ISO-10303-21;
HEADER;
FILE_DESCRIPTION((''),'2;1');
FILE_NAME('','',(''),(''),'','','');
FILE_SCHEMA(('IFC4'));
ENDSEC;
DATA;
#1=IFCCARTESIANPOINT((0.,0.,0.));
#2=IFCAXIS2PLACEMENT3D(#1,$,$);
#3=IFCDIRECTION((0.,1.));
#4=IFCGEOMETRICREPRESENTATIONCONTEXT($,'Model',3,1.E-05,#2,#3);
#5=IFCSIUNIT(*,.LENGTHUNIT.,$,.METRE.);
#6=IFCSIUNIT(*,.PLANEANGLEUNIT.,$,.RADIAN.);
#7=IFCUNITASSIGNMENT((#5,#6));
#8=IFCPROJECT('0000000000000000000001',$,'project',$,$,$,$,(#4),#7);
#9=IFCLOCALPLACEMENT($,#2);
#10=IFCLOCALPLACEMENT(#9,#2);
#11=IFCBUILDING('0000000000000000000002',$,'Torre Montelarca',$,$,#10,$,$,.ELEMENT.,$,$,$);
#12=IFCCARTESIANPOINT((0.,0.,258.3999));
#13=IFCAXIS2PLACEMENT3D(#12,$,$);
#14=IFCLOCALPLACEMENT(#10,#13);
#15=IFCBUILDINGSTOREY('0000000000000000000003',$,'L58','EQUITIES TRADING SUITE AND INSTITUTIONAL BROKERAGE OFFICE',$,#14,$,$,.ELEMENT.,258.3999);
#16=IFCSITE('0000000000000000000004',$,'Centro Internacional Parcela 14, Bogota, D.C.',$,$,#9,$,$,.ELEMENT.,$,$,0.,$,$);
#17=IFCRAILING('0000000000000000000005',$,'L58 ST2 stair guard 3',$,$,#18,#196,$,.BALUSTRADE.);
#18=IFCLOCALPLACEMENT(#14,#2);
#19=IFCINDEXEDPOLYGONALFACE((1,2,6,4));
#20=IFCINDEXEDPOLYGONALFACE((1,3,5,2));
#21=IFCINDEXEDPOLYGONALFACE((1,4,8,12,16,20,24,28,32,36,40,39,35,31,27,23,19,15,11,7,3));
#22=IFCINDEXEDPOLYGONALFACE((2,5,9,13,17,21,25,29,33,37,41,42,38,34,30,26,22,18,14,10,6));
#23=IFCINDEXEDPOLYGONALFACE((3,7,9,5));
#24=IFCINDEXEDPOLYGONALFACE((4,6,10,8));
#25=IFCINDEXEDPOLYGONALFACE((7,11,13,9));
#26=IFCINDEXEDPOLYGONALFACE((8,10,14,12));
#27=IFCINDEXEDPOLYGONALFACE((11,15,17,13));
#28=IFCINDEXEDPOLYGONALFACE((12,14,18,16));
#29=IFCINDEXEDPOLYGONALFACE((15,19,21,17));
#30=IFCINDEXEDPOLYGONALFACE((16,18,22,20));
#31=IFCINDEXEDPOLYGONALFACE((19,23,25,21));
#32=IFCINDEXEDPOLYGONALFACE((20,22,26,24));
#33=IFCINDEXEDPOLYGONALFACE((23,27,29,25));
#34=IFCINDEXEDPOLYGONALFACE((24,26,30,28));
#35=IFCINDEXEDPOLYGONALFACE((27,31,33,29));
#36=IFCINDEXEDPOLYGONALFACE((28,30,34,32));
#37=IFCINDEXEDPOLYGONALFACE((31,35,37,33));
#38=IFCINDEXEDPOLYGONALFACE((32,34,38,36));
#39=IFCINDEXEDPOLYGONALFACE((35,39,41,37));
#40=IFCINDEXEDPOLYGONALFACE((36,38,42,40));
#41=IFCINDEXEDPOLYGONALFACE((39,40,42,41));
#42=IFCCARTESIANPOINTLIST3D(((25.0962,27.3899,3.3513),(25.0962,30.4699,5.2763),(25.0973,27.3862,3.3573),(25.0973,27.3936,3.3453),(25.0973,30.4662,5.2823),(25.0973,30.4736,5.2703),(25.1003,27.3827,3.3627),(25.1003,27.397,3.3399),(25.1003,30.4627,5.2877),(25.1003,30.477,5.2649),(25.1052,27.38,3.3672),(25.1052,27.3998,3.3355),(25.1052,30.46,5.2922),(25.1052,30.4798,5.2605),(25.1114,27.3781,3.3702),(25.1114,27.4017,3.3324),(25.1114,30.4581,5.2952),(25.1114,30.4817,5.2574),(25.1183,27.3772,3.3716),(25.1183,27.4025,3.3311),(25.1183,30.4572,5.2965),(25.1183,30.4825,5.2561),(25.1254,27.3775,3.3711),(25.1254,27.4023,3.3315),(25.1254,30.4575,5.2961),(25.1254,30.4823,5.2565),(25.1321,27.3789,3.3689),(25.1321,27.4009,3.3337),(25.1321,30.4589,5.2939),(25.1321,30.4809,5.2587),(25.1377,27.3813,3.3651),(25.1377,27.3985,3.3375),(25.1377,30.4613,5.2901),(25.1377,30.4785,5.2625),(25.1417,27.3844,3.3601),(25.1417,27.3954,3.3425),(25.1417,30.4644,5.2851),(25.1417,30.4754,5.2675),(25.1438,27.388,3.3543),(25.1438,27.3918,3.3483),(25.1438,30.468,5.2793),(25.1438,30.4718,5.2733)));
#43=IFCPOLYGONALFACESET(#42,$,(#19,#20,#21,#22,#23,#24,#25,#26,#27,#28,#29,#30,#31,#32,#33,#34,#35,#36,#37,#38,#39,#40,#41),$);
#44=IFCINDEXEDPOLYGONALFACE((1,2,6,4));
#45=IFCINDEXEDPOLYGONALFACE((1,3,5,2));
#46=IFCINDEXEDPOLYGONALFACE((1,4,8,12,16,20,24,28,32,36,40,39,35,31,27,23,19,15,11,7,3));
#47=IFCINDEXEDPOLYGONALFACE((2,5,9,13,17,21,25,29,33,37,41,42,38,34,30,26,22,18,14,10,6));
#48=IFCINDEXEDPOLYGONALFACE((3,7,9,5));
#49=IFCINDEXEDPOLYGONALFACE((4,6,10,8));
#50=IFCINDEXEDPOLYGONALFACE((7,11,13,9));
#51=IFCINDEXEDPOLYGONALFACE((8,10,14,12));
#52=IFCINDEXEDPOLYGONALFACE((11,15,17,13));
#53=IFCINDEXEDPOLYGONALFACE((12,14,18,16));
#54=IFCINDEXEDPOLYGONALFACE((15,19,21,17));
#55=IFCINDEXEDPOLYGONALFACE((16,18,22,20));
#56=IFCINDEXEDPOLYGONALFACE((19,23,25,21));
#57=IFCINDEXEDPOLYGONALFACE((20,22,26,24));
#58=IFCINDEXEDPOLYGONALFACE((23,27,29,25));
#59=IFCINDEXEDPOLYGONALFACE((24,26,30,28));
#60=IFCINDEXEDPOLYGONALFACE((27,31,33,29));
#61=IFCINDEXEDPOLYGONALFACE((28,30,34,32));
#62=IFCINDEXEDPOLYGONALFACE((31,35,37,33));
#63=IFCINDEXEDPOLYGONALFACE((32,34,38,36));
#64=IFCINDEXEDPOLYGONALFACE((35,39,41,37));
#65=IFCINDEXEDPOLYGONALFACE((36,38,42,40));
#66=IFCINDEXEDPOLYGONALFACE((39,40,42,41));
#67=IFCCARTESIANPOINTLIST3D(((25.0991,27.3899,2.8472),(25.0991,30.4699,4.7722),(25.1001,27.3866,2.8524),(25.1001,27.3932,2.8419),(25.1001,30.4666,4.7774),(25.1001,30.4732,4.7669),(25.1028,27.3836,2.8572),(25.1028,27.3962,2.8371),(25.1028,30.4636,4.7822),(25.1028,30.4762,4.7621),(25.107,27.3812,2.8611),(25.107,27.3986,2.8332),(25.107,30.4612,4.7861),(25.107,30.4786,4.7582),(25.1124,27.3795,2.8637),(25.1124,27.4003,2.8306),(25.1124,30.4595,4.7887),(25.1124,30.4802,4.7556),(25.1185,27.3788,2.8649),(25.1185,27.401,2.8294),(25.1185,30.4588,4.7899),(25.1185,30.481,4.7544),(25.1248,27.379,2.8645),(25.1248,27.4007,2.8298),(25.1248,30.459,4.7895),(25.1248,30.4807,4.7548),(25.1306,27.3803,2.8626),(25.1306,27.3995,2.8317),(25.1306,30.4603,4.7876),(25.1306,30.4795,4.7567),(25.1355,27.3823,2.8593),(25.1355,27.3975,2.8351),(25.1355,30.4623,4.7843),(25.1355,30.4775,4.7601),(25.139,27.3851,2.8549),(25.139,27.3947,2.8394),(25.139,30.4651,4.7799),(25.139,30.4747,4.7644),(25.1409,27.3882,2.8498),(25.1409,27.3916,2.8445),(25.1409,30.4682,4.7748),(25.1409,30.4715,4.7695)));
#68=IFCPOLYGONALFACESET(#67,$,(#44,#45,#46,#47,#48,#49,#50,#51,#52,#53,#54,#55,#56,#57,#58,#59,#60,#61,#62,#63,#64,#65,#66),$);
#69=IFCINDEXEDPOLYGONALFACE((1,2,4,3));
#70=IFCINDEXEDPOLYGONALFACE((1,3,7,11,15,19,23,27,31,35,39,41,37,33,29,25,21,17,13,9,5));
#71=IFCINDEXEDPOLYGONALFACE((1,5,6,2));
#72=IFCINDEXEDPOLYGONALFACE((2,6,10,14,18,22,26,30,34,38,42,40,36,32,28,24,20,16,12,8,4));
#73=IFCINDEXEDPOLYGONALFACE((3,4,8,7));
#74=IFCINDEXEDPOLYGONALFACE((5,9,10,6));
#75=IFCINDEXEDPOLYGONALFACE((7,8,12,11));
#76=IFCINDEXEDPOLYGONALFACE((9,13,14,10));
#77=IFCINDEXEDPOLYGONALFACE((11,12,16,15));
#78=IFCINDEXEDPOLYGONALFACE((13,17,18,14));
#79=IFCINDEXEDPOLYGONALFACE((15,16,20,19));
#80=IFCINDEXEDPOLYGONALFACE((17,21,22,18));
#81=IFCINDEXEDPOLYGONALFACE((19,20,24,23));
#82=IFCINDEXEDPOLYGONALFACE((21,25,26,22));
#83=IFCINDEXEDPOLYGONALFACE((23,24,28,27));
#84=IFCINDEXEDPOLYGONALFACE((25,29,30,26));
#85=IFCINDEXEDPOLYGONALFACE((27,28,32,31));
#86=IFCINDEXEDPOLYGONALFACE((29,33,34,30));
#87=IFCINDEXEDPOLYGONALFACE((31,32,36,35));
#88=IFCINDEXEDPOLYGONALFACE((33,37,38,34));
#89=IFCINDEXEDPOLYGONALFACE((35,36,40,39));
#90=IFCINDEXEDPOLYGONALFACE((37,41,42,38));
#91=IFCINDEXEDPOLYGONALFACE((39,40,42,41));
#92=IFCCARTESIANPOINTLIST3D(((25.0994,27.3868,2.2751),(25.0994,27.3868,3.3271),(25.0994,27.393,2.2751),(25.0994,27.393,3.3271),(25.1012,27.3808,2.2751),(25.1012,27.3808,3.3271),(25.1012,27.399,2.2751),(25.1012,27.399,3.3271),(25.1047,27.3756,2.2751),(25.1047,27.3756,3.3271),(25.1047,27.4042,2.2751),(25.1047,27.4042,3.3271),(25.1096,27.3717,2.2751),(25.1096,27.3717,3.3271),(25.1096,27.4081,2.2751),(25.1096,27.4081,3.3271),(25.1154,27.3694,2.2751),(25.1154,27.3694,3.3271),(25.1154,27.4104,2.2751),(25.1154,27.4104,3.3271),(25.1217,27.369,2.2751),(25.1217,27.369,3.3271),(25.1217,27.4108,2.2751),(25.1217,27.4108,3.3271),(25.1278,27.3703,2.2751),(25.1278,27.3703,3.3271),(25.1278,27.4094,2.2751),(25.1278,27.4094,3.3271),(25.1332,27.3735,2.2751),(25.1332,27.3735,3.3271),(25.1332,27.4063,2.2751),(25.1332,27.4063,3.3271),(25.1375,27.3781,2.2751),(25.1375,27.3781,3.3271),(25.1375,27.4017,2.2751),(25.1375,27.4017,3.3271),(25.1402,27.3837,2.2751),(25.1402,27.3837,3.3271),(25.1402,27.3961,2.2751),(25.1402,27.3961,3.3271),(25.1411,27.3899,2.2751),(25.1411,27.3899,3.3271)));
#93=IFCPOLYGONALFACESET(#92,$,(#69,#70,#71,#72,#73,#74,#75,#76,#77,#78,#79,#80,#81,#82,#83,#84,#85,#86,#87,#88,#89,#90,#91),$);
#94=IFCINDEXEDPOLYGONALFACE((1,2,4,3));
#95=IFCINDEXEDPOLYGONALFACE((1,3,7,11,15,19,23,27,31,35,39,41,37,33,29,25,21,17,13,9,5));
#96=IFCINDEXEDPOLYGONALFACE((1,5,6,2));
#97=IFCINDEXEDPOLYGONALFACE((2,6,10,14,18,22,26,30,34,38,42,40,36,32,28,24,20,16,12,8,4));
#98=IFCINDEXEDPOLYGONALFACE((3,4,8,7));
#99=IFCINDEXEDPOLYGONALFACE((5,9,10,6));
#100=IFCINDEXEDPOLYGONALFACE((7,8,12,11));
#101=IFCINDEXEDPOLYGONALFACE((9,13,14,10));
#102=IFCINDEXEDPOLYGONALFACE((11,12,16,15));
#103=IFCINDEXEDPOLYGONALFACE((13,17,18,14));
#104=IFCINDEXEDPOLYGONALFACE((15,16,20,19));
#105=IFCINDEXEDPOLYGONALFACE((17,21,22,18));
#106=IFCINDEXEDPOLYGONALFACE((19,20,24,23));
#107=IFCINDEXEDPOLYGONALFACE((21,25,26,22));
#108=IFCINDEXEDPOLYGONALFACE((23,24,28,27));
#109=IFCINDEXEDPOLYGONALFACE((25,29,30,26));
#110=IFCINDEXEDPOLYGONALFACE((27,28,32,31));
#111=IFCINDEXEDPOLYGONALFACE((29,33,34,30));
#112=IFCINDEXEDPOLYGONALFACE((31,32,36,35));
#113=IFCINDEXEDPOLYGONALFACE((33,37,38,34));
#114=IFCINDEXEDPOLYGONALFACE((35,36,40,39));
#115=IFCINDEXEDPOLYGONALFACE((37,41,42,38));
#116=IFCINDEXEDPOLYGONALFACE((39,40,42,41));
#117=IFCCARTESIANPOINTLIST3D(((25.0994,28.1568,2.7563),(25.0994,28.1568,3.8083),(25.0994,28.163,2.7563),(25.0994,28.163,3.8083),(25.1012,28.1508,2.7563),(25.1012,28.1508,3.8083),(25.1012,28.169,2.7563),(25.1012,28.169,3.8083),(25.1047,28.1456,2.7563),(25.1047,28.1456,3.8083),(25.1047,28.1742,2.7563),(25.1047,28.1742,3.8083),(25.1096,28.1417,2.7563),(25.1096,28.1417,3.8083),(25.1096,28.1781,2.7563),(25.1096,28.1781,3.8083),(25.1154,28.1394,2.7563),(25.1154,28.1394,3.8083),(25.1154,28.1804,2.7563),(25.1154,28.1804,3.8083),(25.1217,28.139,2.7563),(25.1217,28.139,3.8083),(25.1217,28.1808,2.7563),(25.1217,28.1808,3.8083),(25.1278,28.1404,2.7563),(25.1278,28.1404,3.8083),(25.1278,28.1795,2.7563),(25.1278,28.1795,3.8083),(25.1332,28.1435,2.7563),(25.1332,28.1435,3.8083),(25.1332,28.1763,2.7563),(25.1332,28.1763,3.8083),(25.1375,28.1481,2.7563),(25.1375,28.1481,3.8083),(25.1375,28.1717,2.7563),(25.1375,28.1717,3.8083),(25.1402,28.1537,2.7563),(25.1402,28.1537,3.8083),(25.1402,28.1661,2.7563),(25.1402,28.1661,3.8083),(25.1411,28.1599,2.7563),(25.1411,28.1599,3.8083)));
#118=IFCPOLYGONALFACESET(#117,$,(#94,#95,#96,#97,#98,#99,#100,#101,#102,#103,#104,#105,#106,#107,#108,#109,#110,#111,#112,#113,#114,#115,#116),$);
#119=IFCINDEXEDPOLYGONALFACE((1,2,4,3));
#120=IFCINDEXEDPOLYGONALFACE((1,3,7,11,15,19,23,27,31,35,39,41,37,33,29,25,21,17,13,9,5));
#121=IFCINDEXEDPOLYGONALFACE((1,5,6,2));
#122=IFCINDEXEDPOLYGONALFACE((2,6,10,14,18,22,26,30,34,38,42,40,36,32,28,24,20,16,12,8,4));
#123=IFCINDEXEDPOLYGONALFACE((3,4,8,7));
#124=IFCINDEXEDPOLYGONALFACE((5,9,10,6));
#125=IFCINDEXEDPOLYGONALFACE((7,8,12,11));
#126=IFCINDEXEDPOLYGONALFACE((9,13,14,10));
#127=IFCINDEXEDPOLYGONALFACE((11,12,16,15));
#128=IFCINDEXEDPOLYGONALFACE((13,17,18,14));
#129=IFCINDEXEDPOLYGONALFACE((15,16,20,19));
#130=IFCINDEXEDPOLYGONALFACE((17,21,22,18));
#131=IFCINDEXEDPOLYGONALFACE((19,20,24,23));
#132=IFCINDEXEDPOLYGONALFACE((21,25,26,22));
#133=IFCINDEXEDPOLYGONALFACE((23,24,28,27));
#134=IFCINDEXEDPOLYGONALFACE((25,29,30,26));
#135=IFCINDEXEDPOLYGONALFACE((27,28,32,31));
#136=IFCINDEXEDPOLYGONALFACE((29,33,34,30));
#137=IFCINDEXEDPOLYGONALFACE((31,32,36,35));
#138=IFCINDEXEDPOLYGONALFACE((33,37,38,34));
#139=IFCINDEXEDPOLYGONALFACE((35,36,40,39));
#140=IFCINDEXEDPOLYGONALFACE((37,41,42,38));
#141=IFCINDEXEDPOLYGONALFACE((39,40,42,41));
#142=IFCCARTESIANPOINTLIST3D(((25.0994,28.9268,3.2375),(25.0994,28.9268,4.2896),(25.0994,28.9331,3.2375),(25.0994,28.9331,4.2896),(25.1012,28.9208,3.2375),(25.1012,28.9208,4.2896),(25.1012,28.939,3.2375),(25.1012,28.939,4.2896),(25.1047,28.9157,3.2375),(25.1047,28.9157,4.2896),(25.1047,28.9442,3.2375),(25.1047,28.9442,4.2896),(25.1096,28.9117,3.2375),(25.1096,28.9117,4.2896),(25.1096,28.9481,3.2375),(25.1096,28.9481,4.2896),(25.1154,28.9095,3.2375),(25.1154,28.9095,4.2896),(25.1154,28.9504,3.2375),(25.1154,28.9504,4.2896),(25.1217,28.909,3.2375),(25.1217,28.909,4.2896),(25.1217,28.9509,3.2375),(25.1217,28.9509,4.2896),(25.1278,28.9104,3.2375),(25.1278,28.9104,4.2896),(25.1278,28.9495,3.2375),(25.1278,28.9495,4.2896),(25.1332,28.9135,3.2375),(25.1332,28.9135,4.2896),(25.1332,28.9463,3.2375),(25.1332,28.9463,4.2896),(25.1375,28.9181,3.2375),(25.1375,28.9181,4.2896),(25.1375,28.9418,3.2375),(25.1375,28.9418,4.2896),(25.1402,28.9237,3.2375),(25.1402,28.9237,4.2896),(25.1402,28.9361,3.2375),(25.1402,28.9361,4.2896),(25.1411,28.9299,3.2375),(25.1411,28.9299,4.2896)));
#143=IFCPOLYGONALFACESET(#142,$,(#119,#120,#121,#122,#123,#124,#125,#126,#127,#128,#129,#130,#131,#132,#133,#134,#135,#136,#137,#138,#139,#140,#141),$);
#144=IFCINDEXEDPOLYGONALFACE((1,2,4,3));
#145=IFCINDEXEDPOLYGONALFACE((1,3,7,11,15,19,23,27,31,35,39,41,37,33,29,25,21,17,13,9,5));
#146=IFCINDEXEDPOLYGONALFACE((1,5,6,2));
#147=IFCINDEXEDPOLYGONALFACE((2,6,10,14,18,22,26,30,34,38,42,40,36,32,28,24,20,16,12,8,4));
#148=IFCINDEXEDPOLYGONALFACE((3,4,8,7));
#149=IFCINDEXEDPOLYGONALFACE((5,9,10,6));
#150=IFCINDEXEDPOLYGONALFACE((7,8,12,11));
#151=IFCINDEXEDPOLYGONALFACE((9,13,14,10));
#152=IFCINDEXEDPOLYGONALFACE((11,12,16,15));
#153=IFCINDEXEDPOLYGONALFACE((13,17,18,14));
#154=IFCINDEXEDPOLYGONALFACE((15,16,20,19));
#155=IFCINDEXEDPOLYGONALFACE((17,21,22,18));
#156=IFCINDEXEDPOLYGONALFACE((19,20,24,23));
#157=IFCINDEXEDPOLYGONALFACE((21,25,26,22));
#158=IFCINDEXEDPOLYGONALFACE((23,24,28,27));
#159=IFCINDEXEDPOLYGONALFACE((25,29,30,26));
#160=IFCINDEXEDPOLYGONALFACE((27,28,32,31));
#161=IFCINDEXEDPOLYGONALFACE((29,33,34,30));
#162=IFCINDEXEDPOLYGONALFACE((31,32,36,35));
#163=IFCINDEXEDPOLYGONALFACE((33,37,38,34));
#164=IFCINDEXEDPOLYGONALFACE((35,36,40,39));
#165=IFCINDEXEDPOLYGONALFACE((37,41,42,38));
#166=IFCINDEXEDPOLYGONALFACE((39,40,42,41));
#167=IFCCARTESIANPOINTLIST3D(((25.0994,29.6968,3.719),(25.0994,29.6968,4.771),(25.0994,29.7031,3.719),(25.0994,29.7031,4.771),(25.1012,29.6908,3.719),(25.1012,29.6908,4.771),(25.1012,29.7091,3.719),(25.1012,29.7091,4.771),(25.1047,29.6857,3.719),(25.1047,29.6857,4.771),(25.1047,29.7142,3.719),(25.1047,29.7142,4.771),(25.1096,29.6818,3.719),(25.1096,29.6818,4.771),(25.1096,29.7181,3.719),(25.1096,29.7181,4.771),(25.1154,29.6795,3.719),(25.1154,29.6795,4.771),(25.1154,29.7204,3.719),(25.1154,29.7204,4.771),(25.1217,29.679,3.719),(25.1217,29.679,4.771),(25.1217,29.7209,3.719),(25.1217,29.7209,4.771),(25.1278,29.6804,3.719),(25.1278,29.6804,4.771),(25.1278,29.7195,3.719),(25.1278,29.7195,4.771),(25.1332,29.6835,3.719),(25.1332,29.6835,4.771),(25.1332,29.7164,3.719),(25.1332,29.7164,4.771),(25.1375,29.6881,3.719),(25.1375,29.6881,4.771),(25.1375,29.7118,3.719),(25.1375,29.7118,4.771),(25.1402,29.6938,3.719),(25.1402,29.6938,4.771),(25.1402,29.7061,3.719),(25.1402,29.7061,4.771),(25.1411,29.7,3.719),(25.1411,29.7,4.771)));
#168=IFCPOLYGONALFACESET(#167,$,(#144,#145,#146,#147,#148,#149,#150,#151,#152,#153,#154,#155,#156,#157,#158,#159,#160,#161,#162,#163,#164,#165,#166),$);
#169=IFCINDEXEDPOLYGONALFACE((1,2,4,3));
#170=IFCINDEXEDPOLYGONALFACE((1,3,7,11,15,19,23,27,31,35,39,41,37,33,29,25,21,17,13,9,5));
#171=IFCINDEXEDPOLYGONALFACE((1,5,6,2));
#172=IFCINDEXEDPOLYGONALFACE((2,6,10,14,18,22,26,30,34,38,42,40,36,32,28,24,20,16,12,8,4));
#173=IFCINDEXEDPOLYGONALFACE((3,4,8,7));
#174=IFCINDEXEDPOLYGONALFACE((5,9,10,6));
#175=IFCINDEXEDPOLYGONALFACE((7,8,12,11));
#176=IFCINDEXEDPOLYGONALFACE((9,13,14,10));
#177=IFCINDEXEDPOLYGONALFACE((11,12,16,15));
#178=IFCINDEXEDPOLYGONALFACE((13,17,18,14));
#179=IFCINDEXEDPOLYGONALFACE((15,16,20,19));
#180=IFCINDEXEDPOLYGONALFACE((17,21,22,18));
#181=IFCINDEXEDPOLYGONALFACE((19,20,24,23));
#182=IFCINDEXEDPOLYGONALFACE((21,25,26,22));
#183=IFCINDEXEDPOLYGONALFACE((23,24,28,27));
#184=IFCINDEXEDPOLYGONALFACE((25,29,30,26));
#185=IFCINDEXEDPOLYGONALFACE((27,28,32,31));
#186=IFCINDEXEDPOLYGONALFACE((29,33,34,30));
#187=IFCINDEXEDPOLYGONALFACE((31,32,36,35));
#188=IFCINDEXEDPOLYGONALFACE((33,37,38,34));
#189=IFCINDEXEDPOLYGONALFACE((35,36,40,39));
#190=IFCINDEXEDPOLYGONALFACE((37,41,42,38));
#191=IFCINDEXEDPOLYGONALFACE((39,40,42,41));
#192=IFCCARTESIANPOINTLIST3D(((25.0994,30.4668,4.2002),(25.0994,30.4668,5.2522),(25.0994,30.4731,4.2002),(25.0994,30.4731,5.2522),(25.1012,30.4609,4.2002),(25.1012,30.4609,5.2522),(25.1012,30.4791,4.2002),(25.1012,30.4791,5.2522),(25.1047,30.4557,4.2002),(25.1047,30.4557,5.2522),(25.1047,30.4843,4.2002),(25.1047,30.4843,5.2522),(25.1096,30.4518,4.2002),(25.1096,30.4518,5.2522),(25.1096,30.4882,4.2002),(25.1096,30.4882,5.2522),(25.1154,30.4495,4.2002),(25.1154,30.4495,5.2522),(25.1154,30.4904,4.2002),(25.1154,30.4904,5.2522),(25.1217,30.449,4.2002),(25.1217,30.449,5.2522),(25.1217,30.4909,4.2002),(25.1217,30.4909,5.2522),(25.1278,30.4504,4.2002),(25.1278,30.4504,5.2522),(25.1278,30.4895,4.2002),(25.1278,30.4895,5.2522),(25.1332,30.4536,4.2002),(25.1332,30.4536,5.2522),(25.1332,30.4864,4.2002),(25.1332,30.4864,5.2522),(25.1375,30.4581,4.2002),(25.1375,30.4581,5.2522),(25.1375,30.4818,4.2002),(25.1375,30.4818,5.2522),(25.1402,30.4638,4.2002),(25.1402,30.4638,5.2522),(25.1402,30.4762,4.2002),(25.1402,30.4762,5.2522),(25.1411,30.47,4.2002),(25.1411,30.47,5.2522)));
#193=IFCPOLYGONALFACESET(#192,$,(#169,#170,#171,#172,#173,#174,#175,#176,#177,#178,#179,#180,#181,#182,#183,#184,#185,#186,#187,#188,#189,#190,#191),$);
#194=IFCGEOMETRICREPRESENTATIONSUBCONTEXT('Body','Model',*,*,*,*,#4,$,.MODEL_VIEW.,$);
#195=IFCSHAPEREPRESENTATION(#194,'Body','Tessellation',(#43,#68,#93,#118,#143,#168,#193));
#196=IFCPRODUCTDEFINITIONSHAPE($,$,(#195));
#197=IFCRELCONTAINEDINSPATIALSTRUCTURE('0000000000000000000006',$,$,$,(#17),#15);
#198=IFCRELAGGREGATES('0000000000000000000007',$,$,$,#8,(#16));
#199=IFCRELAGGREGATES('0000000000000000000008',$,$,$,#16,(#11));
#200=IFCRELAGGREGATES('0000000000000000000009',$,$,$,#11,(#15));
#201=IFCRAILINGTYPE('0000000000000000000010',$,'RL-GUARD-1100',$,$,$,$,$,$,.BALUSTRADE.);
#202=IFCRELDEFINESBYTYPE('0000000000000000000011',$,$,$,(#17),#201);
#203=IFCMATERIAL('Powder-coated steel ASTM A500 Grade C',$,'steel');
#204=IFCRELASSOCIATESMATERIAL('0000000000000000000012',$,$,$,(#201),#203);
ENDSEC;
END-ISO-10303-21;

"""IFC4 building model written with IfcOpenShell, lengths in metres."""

from ifc_helpers import new_model, si_unit, direction, frame, origin, origin_2d, place, context, subcontext, project, spatial, circle, extrude, material, type_object, element, save


model = new_model("IFC4")

# Units and contexts
model_context = context("Model", 3, precision=1e-05, world=origin(), true_north=direction((0.0, 1.0)))
body_context = subcontext(model_context, "Body", "Model", "MODEL_VIEW")
ifc_project = project(units=[si_unit("LENGTHUNIT", "METRE"), si_unit("PLANEANGLEUNIT", "RADIAN")], contexts=[model_context])

# Site, building, storey
site_placement = place(None, origin())
site = spatial("IfcSite", under=ifc_project, at=site_placement, Name="Centro Internacional Parcela 14, Bogota, D.C.", CompositionType="ELEMENT", RefElevation=0.0)
building_placement = place(site_placement, origin())
building = spatial("IfcBuilding", under=site, at=building_placement, Name="Torre Montelarca", CompositionType="ELEMENT")
storey_placement = place(building_placement, frame((0.0, 0.0, 258.3999)))
storey = spatial("IfcBuildingStorey", under=building, at=storey_placement, Name="L58", Description="EQUITIES TRADING SUITE AND INSTITUTIONAL BROKERAGE OFFICE", CompositionType="ELEMENT", Elevation=258.3999)

# Railing
ifc_material_1 = material(Name="Powder-coated steel ASTM A500 Grade C", Category="steel")
railing_type_1 = type_object("IfcRailingType", Name="RL-GUARD-1100", PredefinedType="BALUSTRADE", material=ifc_material_1)
railing_1_placement = place(storey_placement, frame((25.1201, 27.3899, 2.2751)))
element("IfcRailing", 1, at=railing_1_placement, inside=storey, type_object=railing_type_1, Name="L58 ST2 stair guard 3", PredefinedType="BALUSTRADE", context=body_context, shape_type="SweptSolid", body=[
    extrude(circle(Radius=0.0239, at=origin_2d()), frame((0.0, 0.0, 1.0762), z_axis=(0.0, 0.847998, 0.529999), x_axis=(-1.0, 0.0, 0.0)), (0.0, 0.0, 1.0), 3.6321),
    extrude(circle(Radius=0.021, at=origin_2d()), frame((0.0, 0.0, 0.572), z_axis=(0.0, 0.847998, 0.529999), x_axis=(-1.0, 0.0, 0.0)), (0.0, 0.0, 1.0), 3.6321),
    extrude(circle(Radius=0.021, at=origin_2d()), origin(), (0.0, 0.0, 1.0), 1.052),
    extrude(circle(Radius=0.021, at=origin_2d()), frame((0.0, 0.77, 0.4812)), (0.0, 0.0, 1.0), 1.052),
    extrude(circle(Radius=0.021, at=origin_2d()), frame((0.0, 1.54, 0.9624)), (0.0, 0.0, 1.0), 1.052),
    extrude(circle(Radius=0.021, at=origin_2d()), frame((0.0, 2.3101, 1.4438)), (0.0, 0.0, 1.0), 1.052),
    extrude(circle(Radius=0.021, at=origin_2d()), frame((0.0, 3.0801, 1.925)), (0.0, 0.0, 1.0), 1.052),
])

save(model, "model.ifc")
